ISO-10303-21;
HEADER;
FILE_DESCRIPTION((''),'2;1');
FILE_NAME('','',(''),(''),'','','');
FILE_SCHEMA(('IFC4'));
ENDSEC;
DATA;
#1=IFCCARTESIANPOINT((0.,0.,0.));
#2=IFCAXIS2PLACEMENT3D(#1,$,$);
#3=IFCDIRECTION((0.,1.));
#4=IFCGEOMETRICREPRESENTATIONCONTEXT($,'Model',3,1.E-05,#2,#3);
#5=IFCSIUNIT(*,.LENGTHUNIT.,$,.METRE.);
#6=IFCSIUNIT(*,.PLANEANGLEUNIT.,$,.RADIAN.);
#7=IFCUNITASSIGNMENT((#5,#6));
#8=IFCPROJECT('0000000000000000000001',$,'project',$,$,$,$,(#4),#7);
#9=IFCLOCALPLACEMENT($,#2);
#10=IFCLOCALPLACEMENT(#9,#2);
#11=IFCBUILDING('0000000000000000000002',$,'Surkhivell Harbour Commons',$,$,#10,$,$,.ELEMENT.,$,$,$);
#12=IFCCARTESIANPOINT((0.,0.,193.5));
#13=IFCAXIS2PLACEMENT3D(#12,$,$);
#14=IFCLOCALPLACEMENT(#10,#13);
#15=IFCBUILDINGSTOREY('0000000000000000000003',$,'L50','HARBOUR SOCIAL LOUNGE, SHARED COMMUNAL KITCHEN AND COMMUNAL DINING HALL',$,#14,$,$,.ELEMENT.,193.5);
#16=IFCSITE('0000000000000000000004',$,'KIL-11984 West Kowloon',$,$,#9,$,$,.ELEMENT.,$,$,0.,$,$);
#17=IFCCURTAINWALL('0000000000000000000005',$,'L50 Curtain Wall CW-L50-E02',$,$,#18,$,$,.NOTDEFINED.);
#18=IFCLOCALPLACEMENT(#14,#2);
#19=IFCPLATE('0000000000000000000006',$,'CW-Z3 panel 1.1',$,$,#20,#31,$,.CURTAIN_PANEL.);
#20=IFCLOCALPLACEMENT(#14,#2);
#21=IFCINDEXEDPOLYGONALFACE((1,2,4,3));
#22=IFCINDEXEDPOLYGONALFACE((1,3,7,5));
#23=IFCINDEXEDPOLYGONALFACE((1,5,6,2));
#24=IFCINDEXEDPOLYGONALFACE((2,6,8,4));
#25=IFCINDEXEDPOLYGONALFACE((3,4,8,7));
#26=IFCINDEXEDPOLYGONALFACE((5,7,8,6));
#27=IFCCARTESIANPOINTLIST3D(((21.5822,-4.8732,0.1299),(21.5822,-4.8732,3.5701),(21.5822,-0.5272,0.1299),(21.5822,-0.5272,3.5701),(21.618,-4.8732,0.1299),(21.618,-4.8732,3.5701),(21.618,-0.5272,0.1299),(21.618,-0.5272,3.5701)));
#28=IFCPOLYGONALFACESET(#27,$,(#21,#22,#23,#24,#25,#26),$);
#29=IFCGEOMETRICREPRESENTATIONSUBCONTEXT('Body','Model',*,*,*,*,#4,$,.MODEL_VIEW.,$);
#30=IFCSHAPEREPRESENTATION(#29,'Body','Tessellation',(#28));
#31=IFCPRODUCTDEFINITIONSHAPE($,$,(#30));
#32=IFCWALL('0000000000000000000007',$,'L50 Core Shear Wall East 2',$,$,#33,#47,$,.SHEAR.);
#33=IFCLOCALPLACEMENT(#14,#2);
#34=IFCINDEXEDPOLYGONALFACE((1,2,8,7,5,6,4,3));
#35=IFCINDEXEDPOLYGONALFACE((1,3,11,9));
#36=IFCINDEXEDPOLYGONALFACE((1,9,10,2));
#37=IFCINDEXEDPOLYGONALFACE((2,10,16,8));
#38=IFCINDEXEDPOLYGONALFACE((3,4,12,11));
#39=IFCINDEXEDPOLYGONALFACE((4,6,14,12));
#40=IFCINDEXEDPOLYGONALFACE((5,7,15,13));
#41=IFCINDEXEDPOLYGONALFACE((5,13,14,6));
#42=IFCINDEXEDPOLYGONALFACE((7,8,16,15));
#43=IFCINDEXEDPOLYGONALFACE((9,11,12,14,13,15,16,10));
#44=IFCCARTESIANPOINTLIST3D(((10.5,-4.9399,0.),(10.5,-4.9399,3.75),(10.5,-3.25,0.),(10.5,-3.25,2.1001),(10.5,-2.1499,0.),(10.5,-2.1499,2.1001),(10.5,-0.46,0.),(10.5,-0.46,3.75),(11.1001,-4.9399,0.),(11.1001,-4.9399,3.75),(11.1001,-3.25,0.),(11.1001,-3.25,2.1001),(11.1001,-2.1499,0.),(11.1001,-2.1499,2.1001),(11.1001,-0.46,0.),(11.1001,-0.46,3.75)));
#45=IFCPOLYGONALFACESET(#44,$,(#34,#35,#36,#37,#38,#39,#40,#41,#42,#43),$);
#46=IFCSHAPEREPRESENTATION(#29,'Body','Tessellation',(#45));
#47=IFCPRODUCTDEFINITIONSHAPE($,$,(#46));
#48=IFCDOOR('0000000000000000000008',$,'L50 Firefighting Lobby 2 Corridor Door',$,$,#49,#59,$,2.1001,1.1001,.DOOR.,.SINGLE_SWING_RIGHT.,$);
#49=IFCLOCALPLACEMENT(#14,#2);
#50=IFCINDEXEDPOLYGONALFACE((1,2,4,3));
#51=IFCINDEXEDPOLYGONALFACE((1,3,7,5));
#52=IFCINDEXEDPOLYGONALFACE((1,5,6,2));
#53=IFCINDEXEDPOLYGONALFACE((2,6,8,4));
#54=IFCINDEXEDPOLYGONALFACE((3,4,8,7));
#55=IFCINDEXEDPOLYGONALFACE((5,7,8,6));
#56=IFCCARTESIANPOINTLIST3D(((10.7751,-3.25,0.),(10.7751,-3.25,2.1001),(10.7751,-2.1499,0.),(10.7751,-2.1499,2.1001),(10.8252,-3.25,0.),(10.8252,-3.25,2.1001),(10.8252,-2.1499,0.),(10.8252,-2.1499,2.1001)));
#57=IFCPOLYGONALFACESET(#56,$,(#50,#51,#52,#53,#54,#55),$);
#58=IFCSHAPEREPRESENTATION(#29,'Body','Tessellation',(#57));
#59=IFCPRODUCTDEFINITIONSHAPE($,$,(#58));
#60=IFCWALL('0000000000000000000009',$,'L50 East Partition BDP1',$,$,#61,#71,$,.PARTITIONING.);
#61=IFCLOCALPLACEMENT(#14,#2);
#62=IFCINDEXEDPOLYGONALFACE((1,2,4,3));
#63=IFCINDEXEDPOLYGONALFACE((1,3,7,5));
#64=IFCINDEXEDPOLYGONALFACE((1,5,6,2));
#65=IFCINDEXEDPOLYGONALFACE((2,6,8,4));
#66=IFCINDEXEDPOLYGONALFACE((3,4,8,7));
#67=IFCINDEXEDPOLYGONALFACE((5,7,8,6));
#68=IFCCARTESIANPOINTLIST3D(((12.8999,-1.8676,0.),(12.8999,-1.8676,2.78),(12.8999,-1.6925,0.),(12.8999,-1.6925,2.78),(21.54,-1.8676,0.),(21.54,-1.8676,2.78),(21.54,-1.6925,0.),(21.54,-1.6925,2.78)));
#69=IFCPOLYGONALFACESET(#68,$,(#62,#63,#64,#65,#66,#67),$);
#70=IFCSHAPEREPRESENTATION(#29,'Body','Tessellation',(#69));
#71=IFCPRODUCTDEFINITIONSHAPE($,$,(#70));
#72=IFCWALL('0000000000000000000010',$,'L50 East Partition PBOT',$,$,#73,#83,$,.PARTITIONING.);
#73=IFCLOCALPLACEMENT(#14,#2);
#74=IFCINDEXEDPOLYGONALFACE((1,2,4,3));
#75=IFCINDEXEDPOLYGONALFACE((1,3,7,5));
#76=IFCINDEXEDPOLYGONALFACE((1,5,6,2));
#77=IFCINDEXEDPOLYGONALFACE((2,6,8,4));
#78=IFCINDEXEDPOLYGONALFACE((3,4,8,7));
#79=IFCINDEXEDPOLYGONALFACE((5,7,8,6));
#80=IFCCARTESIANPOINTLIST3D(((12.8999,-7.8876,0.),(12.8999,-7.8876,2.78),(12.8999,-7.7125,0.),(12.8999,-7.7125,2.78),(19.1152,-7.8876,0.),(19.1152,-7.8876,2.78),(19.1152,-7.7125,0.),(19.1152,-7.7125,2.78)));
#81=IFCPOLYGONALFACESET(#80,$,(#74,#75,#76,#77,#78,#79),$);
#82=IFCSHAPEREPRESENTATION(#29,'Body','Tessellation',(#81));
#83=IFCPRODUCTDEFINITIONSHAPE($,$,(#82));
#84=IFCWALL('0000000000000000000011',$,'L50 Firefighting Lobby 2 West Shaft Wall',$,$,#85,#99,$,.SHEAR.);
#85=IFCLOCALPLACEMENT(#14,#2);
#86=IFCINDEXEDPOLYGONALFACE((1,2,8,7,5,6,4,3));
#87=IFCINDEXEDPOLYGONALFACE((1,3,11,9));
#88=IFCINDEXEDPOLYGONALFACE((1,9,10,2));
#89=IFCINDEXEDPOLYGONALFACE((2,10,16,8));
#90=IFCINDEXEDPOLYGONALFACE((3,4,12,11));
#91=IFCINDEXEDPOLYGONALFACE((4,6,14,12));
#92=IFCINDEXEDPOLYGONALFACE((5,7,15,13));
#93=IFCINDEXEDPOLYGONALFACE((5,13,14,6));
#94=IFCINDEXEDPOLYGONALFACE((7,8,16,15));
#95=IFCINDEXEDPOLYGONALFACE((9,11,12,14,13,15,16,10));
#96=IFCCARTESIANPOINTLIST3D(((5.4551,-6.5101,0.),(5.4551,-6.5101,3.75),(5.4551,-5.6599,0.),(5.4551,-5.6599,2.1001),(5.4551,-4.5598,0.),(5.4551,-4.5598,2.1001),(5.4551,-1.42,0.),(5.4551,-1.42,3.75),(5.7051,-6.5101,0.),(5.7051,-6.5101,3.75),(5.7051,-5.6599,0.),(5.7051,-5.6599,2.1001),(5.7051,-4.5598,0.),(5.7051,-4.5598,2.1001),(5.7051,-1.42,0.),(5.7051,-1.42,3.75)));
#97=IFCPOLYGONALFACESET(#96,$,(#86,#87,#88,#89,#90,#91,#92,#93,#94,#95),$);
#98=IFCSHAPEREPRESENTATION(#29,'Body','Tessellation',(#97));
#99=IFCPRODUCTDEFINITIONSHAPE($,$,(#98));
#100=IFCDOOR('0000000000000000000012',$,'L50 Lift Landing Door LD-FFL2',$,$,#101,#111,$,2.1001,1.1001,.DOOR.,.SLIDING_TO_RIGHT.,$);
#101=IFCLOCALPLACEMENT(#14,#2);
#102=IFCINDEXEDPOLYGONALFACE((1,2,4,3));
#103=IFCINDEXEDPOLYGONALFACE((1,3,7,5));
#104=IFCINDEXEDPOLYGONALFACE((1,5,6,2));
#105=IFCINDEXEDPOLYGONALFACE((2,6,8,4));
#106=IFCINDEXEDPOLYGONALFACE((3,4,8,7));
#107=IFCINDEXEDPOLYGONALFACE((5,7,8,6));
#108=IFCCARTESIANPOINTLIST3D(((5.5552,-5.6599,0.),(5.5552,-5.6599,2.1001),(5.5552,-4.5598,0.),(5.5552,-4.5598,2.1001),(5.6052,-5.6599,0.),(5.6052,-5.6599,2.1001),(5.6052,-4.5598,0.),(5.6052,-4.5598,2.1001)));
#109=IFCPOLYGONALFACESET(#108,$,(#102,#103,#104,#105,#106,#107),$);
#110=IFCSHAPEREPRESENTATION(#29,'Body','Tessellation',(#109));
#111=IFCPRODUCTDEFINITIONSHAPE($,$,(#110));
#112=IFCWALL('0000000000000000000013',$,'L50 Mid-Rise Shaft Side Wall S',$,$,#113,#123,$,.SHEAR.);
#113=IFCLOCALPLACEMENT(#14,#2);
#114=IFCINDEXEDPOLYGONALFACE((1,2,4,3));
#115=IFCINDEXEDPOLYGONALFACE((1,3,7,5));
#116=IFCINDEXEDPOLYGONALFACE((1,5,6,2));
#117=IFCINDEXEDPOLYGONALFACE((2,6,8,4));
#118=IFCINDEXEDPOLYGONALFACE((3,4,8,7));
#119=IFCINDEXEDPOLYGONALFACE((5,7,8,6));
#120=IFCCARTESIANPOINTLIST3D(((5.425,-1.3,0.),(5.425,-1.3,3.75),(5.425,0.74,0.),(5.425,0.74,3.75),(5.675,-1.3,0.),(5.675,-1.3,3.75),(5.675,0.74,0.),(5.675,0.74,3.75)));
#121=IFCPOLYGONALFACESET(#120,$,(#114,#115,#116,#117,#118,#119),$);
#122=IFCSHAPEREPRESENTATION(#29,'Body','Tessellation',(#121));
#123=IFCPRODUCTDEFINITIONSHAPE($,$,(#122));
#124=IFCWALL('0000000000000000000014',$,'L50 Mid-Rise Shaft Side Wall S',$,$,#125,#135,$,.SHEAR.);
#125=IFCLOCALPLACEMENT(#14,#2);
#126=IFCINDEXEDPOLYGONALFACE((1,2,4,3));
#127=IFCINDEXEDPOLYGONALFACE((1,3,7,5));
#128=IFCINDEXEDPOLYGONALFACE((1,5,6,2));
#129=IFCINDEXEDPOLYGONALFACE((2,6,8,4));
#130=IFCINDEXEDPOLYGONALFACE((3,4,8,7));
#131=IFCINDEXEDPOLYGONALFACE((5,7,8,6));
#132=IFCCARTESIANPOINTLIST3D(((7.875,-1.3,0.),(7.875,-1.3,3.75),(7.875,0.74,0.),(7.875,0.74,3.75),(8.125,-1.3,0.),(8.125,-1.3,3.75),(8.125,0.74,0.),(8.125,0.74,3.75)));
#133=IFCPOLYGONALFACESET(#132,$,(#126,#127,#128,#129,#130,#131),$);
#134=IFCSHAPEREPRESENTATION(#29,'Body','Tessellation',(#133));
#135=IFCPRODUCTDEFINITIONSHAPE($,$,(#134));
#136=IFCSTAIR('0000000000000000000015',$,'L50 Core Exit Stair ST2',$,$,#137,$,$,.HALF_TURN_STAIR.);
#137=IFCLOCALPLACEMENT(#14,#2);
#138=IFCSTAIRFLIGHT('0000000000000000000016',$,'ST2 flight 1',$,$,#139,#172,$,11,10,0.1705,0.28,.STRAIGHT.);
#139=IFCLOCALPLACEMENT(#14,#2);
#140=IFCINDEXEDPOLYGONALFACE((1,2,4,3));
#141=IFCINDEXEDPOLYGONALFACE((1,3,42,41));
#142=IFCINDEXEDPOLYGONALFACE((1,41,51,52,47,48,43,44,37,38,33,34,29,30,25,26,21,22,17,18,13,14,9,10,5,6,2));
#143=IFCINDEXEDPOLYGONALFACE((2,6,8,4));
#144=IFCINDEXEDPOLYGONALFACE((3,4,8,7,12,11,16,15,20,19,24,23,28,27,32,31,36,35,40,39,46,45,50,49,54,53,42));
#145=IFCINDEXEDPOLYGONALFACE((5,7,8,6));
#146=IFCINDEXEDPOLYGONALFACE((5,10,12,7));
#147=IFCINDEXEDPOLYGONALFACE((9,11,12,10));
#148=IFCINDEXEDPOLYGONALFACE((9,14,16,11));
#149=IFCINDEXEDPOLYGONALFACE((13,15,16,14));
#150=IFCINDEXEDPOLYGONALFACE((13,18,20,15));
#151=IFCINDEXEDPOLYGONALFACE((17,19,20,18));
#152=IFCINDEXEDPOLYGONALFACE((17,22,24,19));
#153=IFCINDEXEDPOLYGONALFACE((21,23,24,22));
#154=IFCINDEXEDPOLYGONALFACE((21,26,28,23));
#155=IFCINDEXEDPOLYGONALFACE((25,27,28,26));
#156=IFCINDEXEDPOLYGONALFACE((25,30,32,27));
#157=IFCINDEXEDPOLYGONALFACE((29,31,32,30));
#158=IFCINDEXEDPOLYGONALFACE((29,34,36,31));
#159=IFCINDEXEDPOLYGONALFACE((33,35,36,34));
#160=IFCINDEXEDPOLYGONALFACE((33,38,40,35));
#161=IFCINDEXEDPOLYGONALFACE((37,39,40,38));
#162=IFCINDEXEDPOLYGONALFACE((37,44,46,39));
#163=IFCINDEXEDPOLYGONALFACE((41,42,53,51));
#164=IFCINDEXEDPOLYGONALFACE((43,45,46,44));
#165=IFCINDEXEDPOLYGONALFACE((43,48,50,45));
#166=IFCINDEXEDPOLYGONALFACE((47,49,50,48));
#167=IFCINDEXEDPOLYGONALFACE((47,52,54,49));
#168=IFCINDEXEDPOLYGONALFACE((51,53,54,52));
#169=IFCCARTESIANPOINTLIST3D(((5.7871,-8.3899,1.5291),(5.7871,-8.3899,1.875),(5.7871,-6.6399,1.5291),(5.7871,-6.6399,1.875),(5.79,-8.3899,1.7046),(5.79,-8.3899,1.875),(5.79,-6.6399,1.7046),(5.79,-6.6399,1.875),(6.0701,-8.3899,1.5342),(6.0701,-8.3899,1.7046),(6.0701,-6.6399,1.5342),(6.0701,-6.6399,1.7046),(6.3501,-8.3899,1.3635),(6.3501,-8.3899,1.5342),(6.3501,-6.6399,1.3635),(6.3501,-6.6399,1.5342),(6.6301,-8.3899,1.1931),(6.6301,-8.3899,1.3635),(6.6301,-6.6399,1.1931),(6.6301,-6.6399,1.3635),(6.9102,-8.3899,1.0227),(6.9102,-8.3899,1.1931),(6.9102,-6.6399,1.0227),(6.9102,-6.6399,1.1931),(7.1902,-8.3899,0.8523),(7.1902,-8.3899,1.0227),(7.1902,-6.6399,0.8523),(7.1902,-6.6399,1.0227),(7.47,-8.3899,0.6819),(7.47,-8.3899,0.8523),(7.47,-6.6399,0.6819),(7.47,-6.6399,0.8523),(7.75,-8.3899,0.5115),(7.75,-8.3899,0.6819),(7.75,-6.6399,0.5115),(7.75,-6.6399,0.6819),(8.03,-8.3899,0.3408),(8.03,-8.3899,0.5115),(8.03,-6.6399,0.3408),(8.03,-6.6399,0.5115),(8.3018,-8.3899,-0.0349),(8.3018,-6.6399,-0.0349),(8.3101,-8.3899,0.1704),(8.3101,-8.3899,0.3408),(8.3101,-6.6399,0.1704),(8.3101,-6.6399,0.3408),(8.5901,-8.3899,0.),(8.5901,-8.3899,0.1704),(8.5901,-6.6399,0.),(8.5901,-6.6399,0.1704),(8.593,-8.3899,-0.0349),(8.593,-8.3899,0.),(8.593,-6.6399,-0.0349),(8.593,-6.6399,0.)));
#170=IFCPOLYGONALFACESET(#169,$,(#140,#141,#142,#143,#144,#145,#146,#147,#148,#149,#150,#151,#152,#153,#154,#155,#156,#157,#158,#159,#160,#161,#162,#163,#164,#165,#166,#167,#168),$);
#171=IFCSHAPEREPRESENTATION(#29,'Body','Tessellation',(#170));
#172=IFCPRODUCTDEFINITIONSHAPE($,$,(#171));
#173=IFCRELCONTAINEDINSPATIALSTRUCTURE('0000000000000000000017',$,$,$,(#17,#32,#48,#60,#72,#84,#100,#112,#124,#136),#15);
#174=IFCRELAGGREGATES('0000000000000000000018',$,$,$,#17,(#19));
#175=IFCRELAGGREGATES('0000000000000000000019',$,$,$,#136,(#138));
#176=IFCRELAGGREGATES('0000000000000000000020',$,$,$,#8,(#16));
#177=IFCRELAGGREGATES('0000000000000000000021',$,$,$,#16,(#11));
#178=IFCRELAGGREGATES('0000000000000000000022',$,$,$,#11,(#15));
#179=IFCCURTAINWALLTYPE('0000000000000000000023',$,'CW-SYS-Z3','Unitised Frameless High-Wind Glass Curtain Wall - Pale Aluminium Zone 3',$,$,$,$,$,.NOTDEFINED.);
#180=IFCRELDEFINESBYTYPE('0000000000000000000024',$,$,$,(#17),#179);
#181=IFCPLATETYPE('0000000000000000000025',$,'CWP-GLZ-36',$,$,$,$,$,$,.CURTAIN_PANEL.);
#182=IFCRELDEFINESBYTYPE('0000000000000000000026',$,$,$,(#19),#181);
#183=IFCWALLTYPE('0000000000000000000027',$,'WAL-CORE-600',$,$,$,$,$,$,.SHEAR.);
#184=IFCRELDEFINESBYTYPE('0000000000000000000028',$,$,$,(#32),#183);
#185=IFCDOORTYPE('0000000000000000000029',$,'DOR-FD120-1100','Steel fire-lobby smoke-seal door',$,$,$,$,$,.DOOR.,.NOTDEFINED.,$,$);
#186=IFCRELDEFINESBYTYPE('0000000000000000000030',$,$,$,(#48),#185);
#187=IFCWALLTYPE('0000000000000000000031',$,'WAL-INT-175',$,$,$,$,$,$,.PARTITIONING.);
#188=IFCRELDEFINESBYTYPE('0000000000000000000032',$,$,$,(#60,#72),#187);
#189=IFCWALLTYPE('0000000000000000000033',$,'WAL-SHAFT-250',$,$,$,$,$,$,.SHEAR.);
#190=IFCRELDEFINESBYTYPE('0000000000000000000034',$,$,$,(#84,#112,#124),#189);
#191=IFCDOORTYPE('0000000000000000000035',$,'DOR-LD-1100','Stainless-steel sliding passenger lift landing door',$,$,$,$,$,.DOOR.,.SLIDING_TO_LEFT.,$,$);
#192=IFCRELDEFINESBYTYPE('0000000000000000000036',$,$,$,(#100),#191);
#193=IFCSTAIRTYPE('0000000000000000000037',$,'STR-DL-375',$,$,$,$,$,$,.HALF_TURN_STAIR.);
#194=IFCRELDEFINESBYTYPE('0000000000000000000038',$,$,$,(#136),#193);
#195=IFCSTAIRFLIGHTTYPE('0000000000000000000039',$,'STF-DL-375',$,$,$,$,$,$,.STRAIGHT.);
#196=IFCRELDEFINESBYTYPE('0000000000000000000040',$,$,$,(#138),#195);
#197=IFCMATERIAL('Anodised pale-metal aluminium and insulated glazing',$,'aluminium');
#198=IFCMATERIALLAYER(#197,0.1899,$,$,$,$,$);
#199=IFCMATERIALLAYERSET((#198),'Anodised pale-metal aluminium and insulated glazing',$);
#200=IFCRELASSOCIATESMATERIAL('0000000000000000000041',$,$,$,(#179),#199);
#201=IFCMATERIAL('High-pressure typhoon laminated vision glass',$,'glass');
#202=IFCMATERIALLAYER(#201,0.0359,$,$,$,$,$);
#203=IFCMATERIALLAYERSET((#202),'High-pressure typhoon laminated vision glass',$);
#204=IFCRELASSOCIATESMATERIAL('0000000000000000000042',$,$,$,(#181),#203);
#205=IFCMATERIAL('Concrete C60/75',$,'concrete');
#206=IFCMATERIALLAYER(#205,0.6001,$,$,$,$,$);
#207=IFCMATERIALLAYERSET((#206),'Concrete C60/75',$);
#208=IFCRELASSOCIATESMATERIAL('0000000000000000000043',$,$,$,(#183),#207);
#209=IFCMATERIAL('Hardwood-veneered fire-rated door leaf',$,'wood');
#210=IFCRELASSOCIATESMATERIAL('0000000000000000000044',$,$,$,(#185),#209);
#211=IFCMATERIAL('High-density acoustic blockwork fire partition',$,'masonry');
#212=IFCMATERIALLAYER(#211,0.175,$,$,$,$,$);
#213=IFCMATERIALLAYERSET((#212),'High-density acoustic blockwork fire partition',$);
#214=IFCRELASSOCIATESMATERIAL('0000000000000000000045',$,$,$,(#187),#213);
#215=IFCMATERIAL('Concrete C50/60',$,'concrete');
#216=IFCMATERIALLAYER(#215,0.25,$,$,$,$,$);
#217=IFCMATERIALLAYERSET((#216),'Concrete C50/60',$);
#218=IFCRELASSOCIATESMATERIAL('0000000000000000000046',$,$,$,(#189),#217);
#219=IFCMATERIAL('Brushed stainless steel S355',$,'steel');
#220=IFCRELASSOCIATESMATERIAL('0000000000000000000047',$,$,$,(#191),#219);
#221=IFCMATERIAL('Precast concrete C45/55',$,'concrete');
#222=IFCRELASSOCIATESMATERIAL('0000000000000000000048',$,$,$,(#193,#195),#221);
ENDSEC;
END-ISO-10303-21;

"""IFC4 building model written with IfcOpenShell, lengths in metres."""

from ifc_helpers import new_model, si_unit, direction, frame, frame_2d, origin, place, context, subcontext, project, spatial, polyline, rectangle, outline, extrude, material, layer, layer_set, type_object, element, fill, aggregate, save


model = new_model("IFC4")

# Units and contexts
model_context = context("Model", 3, precision=1e-05, world=origin(), true_north=direction((0.0, 1.0)))
body_context = subcontext(model_context, "Body", "Model", "MODEL_VIEW")
ifc_project = project(units=[si_unit("LENGTHUNIT", "METRE"), si_unit("PLANEANGLEUNIT", "RADIAN")], contexts=[model_context])

# Site, building, storey
site_placement = place(None, origin())
site = spatial("IfcSite", under=ifc_project, at=site_placement, Name="KIL-11984 West Kowloon", CompositionType="ELEMENT", RefElevation=0.0)
building_placement = place(site_placement, origin())
building = spatial("IfcBuilding", under=site, at=building_placement, Name="Surkhivell Harbour Commons", CompositionType="ELEMENT")
storey_placement = place(building_placement, frame((0.0, 0.0, 193.5)))
storey = spatial("IfcBuildingStorey", under=building, at=storey_placement, Name="L50", Description="HARBOUR SOCIAL LOUNGE, SHARED COMMUNAL KITCHEN AND COMMUNAL DINING HALL", CompositionType="ELEMENT", Elevation=193.5)

# Shared definitions
ifc_material_1 = material(Name="Concrete C60/75", Category="concrete")

# Shared definitions
ifc_material_2 = material(Name="Anodised pale-metal aluminium and insulated glazing", Category="aluminium")
ifc_layer_1 = layer(ifc_material_2, 0.1899)
ifc_layer_set_1 = layer_set([ifc_layer_1], Name="Anodised pale-metal aluminium and insulated glazing")
curtain_wall_type = type_object("IfcCurtainWallType", Name="CW-SYS-Z3", Description="Unitised Frameless High-Wind Glass Curtain Wall - Pale Aluminium Zone 3", PredefinedType="NOTDEFINED", material=ifc_layer_set_1)

# Curtain wall, plate
curtain_wall_1_placement = place(storey_placement, origin())
curtain_wall_1 = element("IfcCurtainWall", 1, at=curtain_wall_1_placement, inside=storey, type_object=curtain_wall_type, Name="L50 Curtain Wall CW-L50-E02", PredefinedType="NOTDEFINED")
ifc_material_3 = material(Name="High-pressure typhoon laminated vision glass", Category="glass")
ifc_layer_2 = layer(ifc_material_3, 0.0359)
ifc_layer_set_2 = layer_set([ifc_layer_2], Name="High-pressure typhoon laminated vision glass")
plate_type = type_object("IfcPlateType", Name="CWP-GLZ-36", PredefinedType="CURTAIN_PANEL", material=ifc_layer_set_2)
plate_placement = place(storey_placement, frame((21.6001, -4.873, 0.1299), z_axis=(0.0, 0.0, 1.0), x_axis=(0.0, 1.0, 0.0)))
plate = element("IfcPlate", 2, at=plate_placement, type_object=plate_type, Name="CW-Z3 panel 1.1", PredefinedType="CURTAIN_PANEL", context=body_context, shape_type="SweptSolid", body=[
    extrude(rectangle(XDim=4.3459, YDim=0.0359, at=frame_2d((2.1729, 0.0))), origin(), (0.0, 0.0, 1.0), 3.4402),
])
aggregate(curtain_wall_1, [plate])

# Wall, opening, door
ifc_layer_3 = layer(ifc_material_1, 0.6001)
ifc_layer_set_3 = layer_set([ifc_layer_3], Name="Concrete C60/75")
wall_type_1 = type_object("IfcWallType", Name="WAL-CORE-600", PredefinedType="SHEAR", material=ifc_layer_set_3)
wall_1_placement = place(storey_placement, frame((10.8, -4.9399, 0.0), z_axis=(0.0, 0.0, 1.0), x_axis=(0.0, 1.0, 0.0)))
wall_1 = element("IfcWall", 3, at=wall_1_placement, inside=storey, type_object=wall_type_1, Name="L50 Core Shear Wall East 2", PredefinedType="SHEAR", context=body_context, shape_type="SweptSolid", body=[
    extrude(rectangle(XDim=4.48, YDim=0.6001, at=frame_2d((2.24, 0.0))), origin(), (0.0, 0.0, 1.0), 3.75),
])
opening_1_placement = place(wall_1_placement, frame((1.6899, 0.0, 0.0)))
opening_1 = element("IfcOpeningElement", 4, at=opening_1_placement, cuts=wall_1, PredefinedType="OPENING", context=body_context, shape_type="SweptSolid", body=[
    extrude(rectangle(XDim=1.1001, YDim=2.1001, at=frame_2d((0.55, 1.05))), frame((0.0, 0.3101, 0.0), z_axis=(0.0, -1.0, 0.0), x_axis=(1.0, 0.0, 0.0)), (0.0, 0.0, 1.0), 0.6201),
])
ifc_material_4 = material(Name="Hardwood-veneered fire-rated door leaf", Category="wood")
door_type_1 = type_object("IfcDoorType", Name="DOR-FD120-1100", Description="Steel fire-lobby smoke-seal door", OperationType="NOTDEFINED", PredefinedType="DOOR", material=ifc_material_4)
door_1_placement = place(opening_1_placement, origin())
door_1 = element("IfcDoor", 5, at=door_1_placement, inside=storey, type_object=door_type_1, Name="L50 Firefighting Lobby 2 Corridor Door", OperationType="SINGLE_SWING_RIGHT", OverallHeight=2.1001, OverallWidth=1.1001, PredefinedType="DOOR", context=body_context, shape_type="SweptSolid", body=[
    extrude(rectangle(XDim=1.1001, YDim=2.1001, at=frame_2d((0.55, 1.05))), frame((0.0, 0.0249, 0.0), z_axis=(0.0, -1.0, 0.0), x_axis=(1.0, 0.0, 0.0)), (0.0, 0.0, 1.0), 0.05),
])
fill(opening_1, door_1)

# Walls
ifc_material_5 = material(Name="High-density acoustic blockwork fire partition", Category="masonry")
ifc_layer_4 = layer(ifc_material_5, 0.175)
ifc_layer_set_4 = layer_set([ifc_layer_4], Name="High-density acoustic blockwork fire partition")
wall_type_2 = type_object("IfcWallType", Name="WAL-INT-175", PredefinedType="PARTITIONING", material=ifc_layer_set_4)
wall_2_placement = place(storey_placement, frame((12.8999, -1.78, 0.0), z_axis=(0.0, 0.0, 1.0), x_axis=(1.0, 0.0, 0.0)))
element("IfcWall", 6, at=wall_2_placement, inside=storey, type_object=wall_type_2, Name="L50 East Partition BDP1", PredefinedType="PARTITIONING", context=body_context, shape_type="SweptSolid", body=[
    extrude(rectangle(XDim=8.6401, YDim=0.175, at=frame_2d((4.3201, 0.0))), origin(), (0.0, 0.0, 1.0), 2.78),
])
wall_3_placement = place(storey_placement, frame((12.8999, -7.8, 0.0), z_axis=(0.0, 0.0, 1.0), x_axis=(1.0, 0.0, 0.0)))
element("IfcWall", 7, at=wall_3_placement, inside=storey, type_object=wall_type_2, Name="L50 East Partition PBOT", PredefinedType="PARTITIONING", context=body_context, shape_type="SweptSolid", body=[
    extrude(rectangle(XDim=6.2153, YDim=0.175, at=frame_2d((3.1077, 0.0))), origin(), (0.0, 0.0, 1.0), 2.78),
])

# Wall, opening, door
ifc_material_6 = material(Name="Concrete C50/60", Category="concrete")
ifc_layer_5 = layer(ifc_material_6, 0.25)
ifc_layer_set_5 = layer_set([ifc_layer_5], Name="Concrete C50/60")
wall_type_3 = type_object("IfcWallType", Name="WAL-SHAFT-250", PredefinedType="SHEAR", material=ifc_layer_set_5)
wall_4_placement = place(storey_placement, frame((5.5801, -6.51, 0.0), z_axis=(0.0, 0.0, 1.0), x_axis=(0.0, 1.0, 0.0)))
wall_4 = element("IfcWall", 8, at=wall_4_placement, inside=storey, type_object=wall_type_3, Name="L50 Firefighting Lobby 2 West Shaft Wall", PredefinedType="SHEAR", context=body_context, shape_type="SweptSolid", body=[
    extrude(rectangle(XDim=5.0901, YDim=0.25, at=frame_2d((2.5449, 0.0))), origin(), (0.0, 0.0, 1.0), 3.75),
])
opening_2_placement = place(wall_4_placement, frame((0.8501, 0.0, 0.0)))
opening_2 = element("IfcOpeningElement", 9, at=opening_2_placement, cuts=wall_4, PredefinedType="OPENING", context=body_context, shape_type="SweptSolid", body=[
    extrude(rectangle(XDim=1.1001, YDim=2.1001, at=frame_2d((0.55, 1.05))), frame((0.0, 0.135, 0.0), z_axis=(0.0, -1.0, 0.0), x_axis=(1.0, 0.0, 0.0)), (0.0, 0.0, 1.0), 0.27),
])
ifc_material_7 = material(Name="Brushed stainless steel S355", Category="steel")
door_type_2 = type_object("IfcDoorType", Name="DOR-LD-1100", Description="Stainless-steel sliding passenger lift landing door", OperationType="SLIDING_TO_LEFT", PredefinedType="DOOR", material=ifc_material_7)
door_2_placement = place(opening_2_placement, origin())
door_2 = element("IfcDoor", 10, at=door_2_placement, inside=storey, type_object=door_type_2, Name="L50 Lift Landing Door LD-FFL2", OperationType="SLIDING_TO_RIGHT", OverallHeight=2.1001, OverallWidth=1.1001, PredefinedType="DOOR", context=body_context, shape_type="SweptSolid", body=[
    extrude(rectangle(XDim=1.1001, YDim=2.1001, at=frame_2d((0.55, 1.05))), frame((0.0, 0.0249, 0.0), z_axis=(0.0, -1.0, 0.0), x_axis=(1.0, 0.0, 0.0)), (0.0, 0.0, 1.0), 0.05),
])
fill(opening_2, door_2)

# Walls
for number, where, z_axis, x_axis, name in (
    (11, (5.55, -1.3, 0.0), (0.0, 0.0, 1.0), (0.0, 1.0, 0.0), "L50 Mid-Rise Shaft Side Wall S"),
    (12, (8.0, -1.3, 0.0), (0.0, 0.0, 1.0), (0.0, 1.0, 0.0), "L50 Mid-Rise Shaft Side Wall S"),
):
    element("IfcWall", number, at=place(storey_placement, frame(where, z_axis=z_axis, x_axis=x_axis)), inside=storey, type_object=wall_type_3, Name=name, PredefinedType="SHEAR", context=body_context, shape_type="SweptSolid", body=[
        extrude(rectangle(XDim=2.04, YDim=0.25, at=frame_2d((1.02, 0.0))), origin(), (0.0, 0.0, 1.0), 3.75),
    ])

# Stair, stair flight
ifc_material_8 = material(Name="Precast concrete C45/55", Category="concrete")
stair_type = type_object("IfcStairType", Name="STR-DL-375", PredefinedType="HALF_TURN_STAIR", material=ifc_material_8)
stair_placement = place(storey_placement, origin())
stair = element("IfcStair", 13, at=stair_placement, inside=storey, type_object=stair_type, Name="L50 Core Exit Stair ST2", PredefinedType="HALF_TURN_STAIR")
stair_flight_type = type_object("IfcStairFlightType", Name="STF-DL-375", PredefinedType="STRAIGHT", material=ifc_material_8)
stair_flight_placement = place(storey_placement, frame((8.5901, -7.5149, 0.0), z_axis=(0.0, 0.0, 1.0), x_axis=(-1.0, 0.0, 0.0)))
stair_flight = element("IfcStairFlight", 14, at=stair_flight_placement, type_object=stair_flight_type, Name="ST2 flight 1", NumberOfRisers=11, NumberOfTreads=10, PredefinedType="STRAIGHT", RiserHeight=0.1705, TreadLength=0.28, context=body_context, shape_type="SweptSolid", body=[
    extrude(outline(polyline([(-0.0029, -0.0349), (-0.0029, 0.0), (0.0, 0.0), (0.0, 0.1704), (0.28, 0.1704), (0.28, 0.3408), (0.5601, 0.3408), (0.5601, 0.5115), (0.8401, 0.5115), (0.8401, 0.6819), (1.1201, 0.6819), (1.1201, 0.8523), (1.3999, 0.8523), (1.3999, 1.0227), (1.6799, 1.0227), (1.6799, 1.1931), (1.96, 1.1931), (1.96, 1.3635), (2.24, 1.3635), (2.24, 1.5342), (2.52, 1.5342), (2.52, 1.7046), (2.8, 1.7046), (2.8, 1.875), (2.803, 1.875), (2.803, 1.5291), (0.2883, -0.0349), (-0.0029, -0.0349)])), frame((0.0, 0.875, 0.0), z_axis=(0.0, -1.0, 0.0), x_axis=(1.0, 0.0, 0.0)), (0.0, 0.0, 1.0), 1.75),
])
aggregate(stair, [stair_flight])

save(model, "model.ifc")
